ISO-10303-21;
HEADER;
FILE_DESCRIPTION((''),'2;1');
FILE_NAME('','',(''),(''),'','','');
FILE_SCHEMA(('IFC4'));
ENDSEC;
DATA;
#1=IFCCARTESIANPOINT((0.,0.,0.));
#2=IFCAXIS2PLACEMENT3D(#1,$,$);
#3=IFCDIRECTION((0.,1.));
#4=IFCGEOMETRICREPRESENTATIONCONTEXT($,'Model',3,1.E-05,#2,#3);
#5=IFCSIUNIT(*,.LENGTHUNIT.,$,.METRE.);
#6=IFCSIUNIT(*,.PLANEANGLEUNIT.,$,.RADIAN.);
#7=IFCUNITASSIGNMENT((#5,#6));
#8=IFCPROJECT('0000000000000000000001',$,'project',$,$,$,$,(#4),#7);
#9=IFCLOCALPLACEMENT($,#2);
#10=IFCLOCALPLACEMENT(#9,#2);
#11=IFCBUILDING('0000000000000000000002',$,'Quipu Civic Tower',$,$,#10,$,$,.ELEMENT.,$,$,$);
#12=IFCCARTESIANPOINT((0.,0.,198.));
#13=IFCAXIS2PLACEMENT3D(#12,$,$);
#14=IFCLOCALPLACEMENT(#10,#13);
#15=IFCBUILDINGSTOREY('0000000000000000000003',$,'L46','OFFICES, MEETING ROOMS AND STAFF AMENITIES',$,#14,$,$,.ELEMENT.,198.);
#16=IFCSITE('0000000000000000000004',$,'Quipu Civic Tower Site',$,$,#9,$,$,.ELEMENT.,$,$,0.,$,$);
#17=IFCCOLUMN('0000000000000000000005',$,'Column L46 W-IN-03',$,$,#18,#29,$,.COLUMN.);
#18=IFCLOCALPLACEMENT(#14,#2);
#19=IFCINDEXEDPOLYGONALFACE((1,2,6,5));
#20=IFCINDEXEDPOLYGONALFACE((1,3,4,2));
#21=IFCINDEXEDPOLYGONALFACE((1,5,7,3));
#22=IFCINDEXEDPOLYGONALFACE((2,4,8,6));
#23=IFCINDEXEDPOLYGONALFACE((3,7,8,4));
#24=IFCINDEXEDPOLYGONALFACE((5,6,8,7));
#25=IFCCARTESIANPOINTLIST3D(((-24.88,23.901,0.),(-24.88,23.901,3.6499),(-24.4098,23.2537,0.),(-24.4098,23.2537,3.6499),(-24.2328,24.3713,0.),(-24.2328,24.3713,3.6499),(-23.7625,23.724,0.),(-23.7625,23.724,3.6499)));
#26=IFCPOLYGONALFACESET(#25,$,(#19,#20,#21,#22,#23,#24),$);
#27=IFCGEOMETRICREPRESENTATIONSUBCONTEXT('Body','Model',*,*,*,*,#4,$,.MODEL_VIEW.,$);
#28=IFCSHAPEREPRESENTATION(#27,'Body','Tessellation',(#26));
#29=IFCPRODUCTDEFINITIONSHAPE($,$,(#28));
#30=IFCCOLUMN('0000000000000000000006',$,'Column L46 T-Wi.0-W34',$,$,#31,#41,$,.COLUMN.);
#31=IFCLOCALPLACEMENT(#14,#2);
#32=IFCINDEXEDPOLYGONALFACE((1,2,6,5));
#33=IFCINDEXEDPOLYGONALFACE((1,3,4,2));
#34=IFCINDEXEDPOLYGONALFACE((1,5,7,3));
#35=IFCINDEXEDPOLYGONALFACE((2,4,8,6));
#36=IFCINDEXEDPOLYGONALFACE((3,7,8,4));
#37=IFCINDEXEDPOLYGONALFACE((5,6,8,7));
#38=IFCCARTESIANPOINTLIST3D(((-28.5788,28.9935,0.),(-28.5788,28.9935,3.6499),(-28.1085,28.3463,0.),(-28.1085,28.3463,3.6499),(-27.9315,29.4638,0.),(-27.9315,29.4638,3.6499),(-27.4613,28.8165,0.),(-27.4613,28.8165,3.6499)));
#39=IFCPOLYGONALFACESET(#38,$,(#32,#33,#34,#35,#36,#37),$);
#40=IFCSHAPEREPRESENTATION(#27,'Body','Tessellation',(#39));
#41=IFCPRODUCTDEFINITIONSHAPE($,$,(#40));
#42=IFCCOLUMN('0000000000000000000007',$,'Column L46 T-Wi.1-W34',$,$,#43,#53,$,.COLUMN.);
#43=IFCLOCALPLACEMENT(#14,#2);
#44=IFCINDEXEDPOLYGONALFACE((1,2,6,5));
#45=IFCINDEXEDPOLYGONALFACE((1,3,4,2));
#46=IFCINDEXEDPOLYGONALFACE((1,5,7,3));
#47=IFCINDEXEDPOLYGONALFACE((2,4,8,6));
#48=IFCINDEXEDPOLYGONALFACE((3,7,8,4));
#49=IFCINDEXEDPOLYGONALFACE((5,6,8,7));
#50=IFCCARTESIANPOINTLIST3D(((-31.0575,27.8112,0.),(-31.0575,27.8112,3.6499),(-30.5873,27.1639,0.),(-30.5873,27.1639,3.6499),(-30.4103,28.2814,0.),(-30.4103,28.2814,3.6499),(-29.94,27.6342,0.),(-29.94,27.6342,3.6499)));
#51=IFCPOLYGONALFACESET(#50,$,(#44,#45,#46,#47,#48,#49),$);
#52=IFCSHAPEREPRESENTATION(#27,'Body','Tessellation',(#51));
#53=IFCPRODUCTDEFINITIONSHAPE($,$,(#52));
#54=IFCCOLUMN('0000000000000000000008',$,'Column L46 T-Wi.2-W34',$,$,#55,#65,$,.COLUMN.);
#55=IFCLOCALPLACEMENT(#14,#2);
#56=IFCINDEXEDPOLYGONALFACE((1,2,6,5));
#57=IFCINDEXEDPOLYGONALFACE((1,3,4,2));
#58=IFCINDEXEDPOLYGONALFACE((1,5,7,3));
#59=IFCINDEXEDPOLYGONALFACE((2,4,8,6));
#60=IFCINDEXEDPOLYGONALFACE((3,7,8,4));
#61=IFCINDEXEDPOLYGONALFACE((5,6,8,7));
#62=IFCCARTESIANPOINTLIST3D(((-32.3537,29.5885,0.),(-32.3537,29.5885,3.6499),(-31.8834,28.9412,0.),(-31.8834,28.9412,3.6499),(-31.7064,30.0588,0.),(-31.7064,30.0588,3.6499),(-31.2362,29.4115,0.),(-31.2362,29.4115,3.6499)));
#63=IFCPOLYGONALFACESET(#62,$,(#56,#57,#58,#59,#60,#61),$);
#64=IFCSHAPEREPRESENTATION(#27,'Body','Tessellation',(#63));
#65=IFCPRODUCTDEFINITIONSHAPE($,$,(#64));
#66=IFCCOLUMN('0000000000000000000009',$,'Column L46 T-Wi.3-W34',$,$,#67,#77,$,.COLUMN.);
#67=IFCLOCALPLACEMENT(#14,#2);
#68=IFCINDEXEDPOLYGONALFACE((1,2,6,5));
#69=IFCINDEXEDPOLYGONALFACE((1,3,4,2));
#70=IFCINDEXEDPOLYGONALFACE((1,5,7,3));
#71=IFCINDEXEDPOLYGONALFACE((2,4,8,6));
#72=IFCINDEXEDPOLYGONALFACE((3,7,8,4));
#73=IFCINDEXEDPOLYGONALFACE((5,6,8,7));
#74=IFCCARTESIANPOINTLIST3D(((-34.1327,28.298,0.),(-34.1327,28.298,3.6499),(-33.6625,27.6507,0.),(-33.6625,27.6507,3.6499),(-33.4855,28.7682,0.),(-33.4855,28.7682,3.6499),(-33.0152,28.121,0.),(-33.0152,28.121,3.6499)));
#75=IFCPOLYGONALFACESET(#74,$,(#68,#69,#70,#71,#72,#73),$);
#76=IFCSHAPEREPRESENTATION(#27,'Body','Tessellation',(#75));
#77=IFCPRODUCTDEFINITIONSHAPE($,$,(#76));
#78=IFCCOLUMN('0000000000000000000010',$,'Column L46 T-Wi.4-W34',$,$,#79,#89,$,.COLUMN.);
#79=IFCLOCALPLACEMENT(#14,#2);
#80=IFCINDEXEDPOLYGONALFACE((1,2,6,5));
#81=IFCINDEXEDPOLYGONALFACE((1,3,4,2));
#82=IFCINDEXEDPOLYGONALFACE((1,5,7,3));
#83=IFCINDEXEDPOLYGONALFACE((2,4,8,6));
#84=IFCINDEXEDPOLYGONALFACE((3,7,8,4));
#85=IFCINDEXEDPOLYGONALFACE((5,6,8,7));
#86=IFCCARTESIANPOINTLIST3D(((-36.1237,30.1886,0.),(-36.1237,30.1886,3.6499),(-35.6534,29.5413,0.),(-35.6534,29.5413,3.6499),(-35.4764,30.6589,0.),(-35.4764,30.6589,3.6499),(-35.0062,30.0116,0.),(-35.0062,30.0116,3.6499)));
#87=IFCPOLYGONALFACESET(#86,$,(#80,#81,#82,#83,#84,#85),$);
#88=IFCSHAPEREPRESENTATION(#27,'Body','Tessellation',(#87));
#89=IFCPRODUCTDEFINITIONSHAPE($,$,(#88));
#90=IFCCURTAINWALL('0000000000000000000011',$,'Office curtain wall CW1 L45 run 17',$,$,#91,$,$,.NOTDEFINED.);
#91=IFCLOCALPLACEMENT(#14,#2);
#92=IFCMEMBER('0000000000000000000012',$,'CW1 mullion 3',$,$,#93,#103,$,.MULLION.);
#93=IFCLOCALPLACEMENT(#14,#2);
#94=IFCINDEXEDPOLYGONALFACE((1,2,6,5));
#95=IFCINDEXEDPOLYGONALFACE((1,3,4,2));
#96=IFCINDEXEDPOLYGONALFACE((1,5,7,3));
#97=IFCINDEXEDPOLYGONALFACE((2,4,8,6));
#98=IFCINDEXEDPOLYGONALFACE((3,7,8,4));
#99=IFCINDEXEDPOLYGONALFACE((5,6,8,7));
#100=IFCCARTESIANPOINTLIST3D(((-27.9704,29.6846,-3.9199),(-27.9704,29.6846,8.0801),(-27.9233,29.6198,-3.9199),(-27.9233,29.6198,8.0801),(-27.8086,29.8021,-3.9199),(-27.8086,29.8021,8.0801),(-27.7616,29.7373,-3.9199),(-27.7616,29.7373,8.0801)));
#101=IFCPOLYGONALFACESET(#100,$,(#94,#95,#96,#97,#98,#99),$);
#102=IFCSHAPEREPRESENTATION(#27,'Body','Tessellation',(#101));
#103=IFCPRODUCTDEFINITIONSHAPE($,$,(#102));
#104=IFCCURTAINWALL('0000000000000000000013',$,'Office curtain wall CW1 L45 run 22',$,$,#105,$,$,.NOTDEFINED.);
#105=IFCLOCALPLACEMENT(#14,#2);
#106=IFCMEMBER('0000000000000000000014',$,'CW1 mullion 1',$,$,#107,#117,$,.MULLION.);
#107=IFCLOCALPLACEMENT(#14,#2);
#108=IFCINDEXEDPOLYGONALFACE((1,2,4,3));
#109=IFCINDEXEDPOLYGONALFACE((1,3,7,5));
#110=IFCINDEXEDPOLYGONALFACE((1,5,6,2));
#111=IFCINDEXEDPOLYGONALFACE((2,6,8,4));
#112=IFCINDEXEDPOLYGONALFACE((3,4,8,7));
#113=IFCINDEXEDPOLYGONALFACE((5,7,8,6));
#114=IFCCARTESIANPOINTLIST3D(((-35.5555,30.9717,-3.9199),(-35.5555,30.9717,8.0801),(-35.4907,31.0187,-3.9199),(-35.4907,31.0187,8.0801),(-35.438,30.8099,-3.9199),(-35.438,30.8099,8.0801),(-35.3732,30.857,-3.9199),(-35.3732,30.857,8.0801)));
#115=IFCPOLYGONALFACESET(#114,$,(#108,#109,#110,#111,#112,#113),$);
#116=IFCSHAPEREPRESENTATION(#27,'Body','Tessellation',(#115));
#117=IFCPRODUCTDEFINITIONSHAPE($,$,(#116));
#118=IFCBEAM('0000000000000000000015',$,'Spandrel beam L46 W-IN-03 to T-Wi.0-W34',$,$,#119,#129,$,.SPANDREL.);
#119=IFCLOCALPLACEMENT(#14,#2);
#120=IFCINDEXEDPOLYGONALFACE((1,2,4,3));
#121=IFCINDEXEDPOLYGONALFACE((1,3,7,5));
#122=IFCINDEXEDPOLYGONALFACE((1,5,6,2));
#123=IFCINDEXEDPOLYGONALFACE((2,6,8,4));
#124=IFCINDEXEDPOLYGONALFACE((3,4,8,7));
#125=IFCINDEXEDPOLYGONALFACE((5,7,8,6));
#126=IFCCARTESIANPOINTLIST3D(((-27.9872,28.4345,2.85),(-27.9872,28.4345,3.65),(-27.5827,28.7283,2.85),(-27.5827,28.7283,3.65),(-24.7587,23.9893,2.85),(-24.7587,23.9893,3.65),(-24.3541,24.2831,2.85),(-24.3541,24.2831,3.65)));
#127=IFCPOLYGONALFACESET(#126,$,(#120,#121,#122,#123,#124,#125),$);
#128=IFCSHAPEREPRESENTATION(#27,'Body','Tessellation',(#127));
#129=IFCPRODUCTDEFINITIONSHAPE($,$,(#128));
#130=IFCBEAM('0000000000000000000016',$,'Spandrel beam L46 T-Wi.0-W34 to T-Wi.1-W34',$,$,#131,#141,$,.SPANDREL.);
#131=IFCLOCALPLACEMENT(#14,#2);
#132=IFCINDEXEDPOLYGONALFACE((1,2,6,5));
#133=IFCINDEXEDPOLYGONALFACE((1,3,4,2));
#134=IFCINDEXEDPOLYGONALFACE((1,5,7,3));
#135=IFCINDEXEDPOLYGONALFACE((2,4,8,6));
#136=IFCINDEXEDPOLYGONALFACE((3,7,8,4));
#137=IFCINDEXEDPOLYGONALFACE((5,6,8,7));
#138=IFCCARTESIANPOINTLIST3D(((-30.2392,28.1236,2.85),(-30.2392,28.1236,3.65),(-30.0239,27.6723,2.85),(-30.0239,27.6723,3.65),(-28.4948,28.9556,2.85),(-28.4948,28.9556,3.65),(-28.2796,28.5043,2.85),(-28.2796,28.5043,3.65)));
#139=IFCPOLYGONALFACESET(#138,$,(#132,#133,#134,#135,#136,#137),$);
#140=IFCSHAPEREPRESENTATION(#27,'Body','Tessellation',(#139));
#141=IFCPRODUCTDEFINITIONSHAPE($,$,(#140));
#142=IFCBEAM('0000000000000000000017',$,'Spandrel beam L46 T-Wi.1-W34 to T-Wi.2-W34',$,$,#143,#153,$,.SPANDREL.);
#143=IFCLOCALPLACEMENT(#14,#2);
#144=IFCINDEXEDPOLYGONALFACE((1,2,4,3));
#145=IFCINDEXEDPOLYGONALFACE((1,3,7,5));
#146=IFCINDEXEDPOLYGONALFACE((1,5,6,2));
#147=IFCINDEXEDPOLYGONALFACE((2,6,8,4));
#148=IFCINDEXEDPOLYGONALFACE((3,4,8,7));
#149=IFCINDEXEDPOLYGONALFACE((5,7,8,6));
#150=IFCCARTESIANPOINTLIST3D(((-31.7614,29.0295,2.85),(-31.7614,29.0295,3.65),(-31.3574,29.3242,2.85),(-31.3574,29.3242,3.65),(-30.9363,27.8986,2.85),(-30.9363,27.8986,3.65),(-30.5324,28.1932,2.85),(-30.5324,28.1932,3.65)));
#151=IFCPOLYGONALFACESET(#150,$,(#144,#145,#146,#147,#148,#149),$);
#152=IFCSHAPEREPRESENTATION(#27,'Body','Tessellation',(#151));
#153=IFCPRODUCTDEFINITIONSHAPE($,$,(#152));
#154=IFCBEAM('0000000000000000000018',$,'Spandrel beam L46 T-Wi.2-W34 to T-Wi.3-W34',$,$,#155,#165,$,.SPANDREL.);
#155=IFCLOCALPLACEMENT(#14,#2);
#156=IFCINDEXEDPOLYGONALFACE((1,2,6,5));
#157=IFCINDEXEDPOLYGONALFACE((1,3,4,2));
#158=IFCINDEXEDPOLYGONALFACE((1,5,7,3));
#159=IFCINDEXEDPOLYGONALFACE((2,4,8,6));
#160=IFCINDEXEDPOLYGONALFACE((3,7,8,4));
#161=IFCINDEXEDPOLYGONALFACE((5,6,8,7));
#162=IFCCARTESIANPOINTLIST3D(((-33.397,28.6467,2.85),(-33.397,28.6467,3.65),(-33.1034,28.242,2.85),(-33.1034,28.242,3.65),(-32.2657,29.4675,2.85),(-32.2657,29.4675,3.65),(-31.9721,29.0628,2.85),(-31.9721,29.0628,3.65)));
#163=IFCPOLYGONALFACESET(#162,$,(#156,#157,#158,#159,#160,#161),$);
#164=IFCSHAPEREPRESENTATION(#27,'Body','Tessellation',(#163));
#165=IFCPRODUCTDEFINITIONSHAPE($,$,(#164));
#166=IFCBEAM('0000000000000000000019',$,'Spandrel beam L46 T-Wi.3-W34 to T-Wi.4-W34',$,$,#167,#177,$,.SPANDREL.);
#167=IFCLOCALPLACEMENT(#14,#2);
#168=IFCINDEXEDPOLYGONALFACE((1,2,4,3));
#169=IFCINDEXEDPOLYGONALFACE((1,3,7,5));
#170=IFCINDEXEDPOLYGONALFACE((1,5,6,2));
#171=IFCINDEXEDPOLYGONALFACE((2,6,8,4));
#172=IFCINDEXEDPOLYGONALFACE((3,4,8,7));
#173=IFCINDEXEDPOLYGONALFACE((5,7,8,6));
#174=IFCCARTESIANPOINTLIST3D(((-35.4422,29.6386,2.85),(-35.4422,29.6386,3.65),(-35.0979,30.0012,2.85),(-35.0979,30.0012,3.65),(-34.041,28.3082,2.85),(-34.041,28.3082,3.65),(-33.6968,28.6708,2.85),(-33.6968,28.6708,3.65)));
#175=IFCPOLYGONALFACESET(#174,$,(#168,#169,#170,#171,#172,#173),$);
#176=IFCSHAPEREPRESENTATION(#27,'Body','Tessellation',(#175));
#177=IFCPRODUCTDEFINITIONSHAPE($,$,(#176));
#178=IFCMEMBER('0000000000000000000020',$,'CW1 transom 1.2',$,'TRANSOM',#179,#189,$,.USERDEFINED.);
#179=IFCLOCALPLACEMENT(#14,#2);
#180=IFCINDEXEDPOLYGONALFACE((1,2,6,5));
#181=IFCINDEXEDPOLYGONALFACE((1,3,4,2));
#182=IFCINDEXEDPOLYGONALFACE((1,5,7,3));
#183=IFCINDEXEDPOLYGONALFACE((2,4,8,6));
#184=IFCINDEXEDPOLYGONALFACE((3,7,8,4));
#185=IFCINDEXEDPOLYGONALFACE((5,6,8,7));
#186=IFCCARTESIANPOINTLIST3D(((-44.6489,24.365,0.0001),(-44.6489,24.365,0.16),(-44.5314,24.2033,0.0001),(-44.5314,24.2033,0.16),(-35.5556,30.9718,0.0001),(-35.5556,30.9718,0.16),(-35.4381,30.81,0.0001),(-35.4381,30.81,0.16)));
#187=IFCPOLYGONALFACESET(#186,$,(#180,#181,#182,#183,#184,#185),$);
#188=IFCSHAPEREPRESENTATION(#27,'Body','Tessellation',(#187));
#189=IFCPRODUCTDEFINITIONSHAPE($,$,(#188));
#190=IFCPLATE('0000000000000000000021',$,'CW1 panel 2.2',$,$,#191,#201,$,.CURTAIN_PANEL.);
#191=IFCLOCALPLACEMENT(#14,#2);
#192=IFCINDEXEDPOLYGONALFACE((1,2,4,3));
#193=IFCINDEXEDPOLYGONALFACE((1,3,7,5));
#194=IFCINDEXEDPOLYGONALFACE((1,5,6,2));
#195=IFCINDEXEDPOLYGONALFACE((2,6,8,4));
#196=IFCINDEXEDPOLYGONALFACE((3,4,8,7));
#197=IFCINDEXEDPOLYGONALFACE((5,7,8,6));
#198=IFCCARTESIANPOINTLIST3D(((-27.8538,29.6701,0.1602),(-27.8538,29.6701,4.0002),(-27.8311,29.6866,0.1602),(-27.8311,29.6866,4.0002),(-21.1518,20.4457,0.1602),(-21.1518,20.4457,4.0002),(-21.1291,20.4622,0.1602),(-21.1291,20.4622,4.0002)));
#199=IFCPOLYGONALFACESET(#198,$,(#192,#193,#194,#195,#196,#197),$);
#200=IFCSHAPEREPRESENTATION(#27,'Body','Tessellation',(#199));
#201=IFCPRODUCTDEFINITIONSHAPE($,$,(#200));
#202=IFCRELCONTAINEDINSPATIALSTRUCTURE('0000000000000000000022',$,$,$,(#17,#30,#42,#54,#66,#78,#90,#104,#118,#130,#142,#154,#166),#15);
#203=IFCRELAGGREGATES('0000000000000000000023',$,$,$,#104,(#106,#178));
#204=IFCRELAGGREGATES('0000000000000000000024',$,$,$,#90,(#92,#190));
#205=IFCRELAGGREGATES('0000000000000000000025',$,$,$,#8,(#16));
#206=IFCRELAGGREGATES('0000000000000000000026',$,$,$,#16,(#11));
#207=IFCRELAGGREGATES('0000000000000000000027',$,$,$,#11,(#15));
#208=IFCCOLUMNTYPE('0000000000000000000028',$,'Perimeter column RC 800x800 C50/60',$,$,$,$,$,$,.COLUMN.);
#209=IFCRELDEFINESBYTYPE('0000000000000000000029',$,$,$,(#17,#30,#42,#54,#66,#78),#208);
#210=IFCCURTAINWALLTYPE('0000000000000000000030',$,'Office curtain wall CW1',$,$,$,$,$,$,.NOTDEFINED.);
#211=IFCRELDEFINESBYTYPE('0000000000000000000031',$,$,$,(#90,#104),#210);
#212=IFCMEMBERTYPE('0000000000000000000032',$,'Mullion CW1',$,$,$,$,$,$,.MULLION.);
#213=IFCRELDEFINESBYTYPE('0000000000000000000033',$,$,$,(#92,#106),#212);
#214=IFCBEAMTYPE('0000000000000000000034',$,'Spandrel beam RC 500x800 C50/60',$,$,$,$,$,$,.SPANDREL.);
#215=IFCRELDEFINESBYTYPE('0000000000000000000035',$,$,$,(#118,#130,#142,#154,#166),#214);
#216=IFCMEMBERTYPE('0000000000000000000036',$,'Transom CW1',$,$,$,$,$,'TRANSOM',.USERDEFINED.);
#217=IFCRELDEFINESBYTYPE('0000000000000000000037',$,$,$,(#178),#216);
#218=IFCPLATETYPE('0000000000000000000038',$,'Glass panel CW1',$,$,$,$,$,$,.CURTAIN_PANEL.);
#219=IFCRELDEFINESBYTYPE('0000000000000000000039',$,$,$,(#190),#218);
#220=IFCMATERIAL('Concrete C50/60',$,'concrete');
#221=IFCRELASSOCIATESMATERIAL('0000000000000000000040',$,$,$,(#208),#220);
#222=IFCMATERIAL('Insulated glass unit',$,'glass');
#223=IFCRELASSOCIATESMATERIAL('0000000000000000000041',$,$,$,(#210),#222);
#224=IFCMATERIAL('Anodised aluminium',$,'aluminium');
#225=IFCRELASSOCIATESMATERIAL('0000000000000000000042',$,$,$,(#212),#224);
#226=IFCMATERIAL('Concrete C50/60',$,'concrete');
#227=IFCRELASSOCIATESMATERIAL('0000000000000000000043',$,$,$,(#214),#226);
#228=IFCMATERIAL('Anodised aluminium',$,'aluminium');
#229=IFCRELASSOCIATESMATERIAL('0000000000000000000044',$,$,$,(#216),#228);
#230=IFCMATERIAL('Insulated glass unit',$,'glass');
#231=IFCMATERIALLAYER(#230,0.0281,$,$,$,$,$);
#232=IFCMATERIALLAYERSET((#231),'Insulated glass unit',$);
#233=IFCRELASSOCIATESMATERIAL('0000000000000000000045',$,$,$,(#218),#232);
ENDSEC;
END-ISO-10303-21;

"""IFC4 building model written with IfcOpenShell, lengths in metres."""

from ifc_helpers import new_model, si_unit, direction, frame, origin, origin_2d, place, context, subcontext, project, spatial, rectangle, extrude, material, layer, layer_set, material_profile, profile_set, type_object, element, aggregate, save


model = new_model("IFC4")

# Units and contexts
model_context = context("Model", 3, precision=1e-05, world=origin(), true_north=direction((0.0, 1.0)))
body_context = subcontext(model_context, "Body", "Model", "MODEL_VIEW")
ifc_project = project(units=[si_unit("LENGTHUNIT", "METRE"), si_unit("PLANEANGLEUNIT", "RADIAN")], contexts=[model_context])

# Site, building, storey
site_placement = place(None, origin())
site = spatial("IfcSite", under=ifc_project, at=site_placement, Name="Quipu Civic Tower Site", CompositionType="ELEMENT", RefElevation=0.0)
building_placement = place(site_placement, origin())
building = spatial("IfcBuilding", under=site, at=building_placement, Name="Quipu Civic Tower", CompositionType="ELEMENT")
storey_placement = place(building_placement, frame((0.0, 0.0, 198.0)))
storey = spatial("IfcBuildingStorey", under=building, at=storey_placement, Name="L46", Description="OFFICES, MEETING ROOMS AND STAFF AMENITIES", CompositionType="ELEMENT", Elevation=198.0)

# Columns
ifc_material_1 = material(Name="Concrete C50/60", Category="concrete")
ifc_material_profile_1 = material_profile(ifc_material_1, rectangle(XDim=0.8, YDim=0.8, at=origin_2d()), Name="RC800x800")
ifc_profile_set_1 = profile_set([ifc_material_profile_1], Name="Concrete C50/60")
column_type = type_object("IfcColumnType", Name="Perimeter column RC 800x800 C50/60", PredefinedType="COLUMN", material=ifc_profile_set_1)
for number, where, z_axis, x_axis, name in (
    (1, (-24.3213, 23.8125, 0.0), (0.0, 0.0, 1.0), (-0.587785, 0.809017, 0.0), "Column L46 W-IN-03"),
    (2, (-28.02, 28.905, 0.0), (0.0, 0.0, 1.0), (-0.809017, -0.587785, 0.0), "Column L46 T-Wi.0-W34"),
    (3, (-30.4988, 27.7227, 0.0), (0.0, 0.0, 1.0), (-0.809017, -0.587785, 0.0), "Column L46 T-Wi.1-W34"),
    (4, (-31.7949, 29.5, 0.0), (0.0, 0.0, 1.0), (-0.587785, 0.809017, 0.0), "Column L46 T-Wi.2-W34"),
    (5, (-33.574, 28.2095, 0.0), (0.0, 0.0, 1.0), (-0.587785, 0.809017, 0.0), "Column L46 T-Wi.3-W34"),
    (6, (-35.5649, 30.1001, 0.0), (0.0, 0.0, 1.0), (-0.809017, -0.587785, 0.0), "Column L46 T-Wi.4-W34"),
):
    element("IfcColumn", number, at=place(storey_placement, frame(where, z_axis=z_axis, x_axis=x_axis)), inside=storey, type_object=column_type, Name=name, PredefinedType="COLUMN", context=body_context, shape_type="SweptSolid", body=[
        extrude(rectangle(XDim=0.8, YDim=0.8, at=origin_2d()), origin(), (0.0, 0.0, 1.0), 3.6499),
    ])

# Curtain walls, members
ifc_material_2 = material(Name="Insulated glass unit", Category="glass")
curtain_wall_type = type_object("IfcCurtainWallType", Name="Office curtain wall CW1", PredefinedType="NOTDEFINED", material=ifc_material_2)
curtain_wall_1_placement = place(storey_placement, origin())
curtain_wall_1 = element("IfcCurtainWall", 7, at=curtain_wall_1_placement, inside=storey, type_object=curtain_wall_type, Name="Office curtain wall CW1 L45 run 17", PredefinedType="NOTDEFINED")
ifc_material_3 = material(Name="Anodised aluminium", Category="aluminium")
ifc_material_profile_2 = material_profile(ifc_material_3, rectangle(XDim=0.2, YDim=0.0801, at=origin_2d()), Name="RECT 200x80")
ifc_profile_set_2 = profile_set([ifc_material_profile_2], Name="Anodised aluminium")
member_type_1 = type_object("IfcMemberType", Name="Mullion CW1", PredefinedType="MULLION", material=ifc_profile_set_2)
member_1_placement = place(storey_placement, frame((-27.866, 29.7109, -3.9199), z_axis=(0.0, 0.0, 1.0), x_axis=(-0.809014, -0.587789, 0.0)))
member_1 = element("IfcMember", 8, at=member_1_placement, type_object=member_type_1, Name="CW1 mullion 3", PredefinedType="MULLION", context=body_context, shape_type="SweptSolid", body=[
    extrude(rectangle(XDim=0.2, YDim=0.0801, at=origin_2d()), origin(), (0.0, 0.0, 1.0), 12.0),
])
curtain_wall_2_placement = place(storey_placement, origin())
curtain_wall_2 = element("IfcCurtainWall", 9, at=curtain_wall_2_placement, inside=storey, type_object=curtain_wall_type, Name="Office curtain wall CW1 L45 run 22", PredefinedType="NOTDEFINED")
member_2_placement = place(storey_placement, frame((-35.4644, 30.9143, -3.9199), z_axis=(0.0, 0.0, 1.0), x_axis=(0.587788, -0.809015, 0.0)))
member_2 = element("IfcMember", 10, at=member_2_placement, type_object=member_type_1, Name="CW1 mullion 1", PredefinedType="MULLION", context=body_context, shape_type="SweptSolid", body=[
    extrude(rectangle(XDim=0.2, YDim=0.0801, at=origin_2d()), origin(), (0.0, 0.0, 1.0), 12.0),
])

# Beams
ifc_material_4 = material(Name="Concrete C50/60", Category="concrete")
ifc_material_profile_3 = material_profile(ifc_material_4, rectangle(XDim=0.5, YDim=0.8, at=origin_2d()), Name="RC500x800")
ifc_profile_set_3 = profile_set([ifc_material_profile_3], Name="Concrete C50/60")
beam_type = type_object("IfcBeamType", Name="Spandrel beam RC 500x800 C50/60", PredefinedType="SPANDREL", material=ifc_profile_set_3)
beam_1_placement = place(storey_placement, frame((-24.5564, 24.1362, 3.25), z_axis=(-0.587664, 0.809105, 0.0), x_axis=(-0.809105, -0.587664, 0.0)))
element("IfcBeam", 11, at=beam_1_placement, inside=storey, type_object=beam_type, Name="Spandrel beam L46 W-IN-03 to T-Wi.0-W34", PredefinedType="SPANDREL", context=body_context, shape_type="SweptSolid", body=[
    extrude(rectangle(XDim=0.5, YDim=0.8, at=origin_2d()), origin(), (0.0, 0.0, 1.0), 5.4939),
])
beam_2_placement = place(storey_placement, frame((-28.3872, 28.73, 3.25), z_axis=(-0.902585, -0.430512, 0.0), x_axis=(0.430512, -0.902585, 0.0)))
element("IfcBeam", 12, at=beam_2_placement, inside=storey, type_object=beam_type, Name="Spandrel beam L46 T-Wi.0-W34 to T-Wi.1-W34", PredefinedType="SPANDREL", context=body_context, shape_type="SweptSolid", body=[
    extrude(rectangle(XDim=0.5, YDim=0.8, at=origin_2d()), origin(), (0.0, 0.0, 1.0), 1.9326),
])
beam_3_placement = place(storey_placement, frame((-30.7344, 28.0459, 3.25), z_axis=(-0.589343, 0.807883, 0.0), x_axis=(-0.807883, -0.589343, 0.0)))
element("IfcBeam", 13, at=beam_3_placement, inside=storey, type_object=beam_type, Name="Spandrel beam L46 T-Wi.1-W34 to T-Wi.2-W34", PredefinedType="SPANDREL", context=body_context, shape_type="SweptSolid", body=[
    extrude(rectangle(XDim=0.5, YDim=0.8, at=origin_2d()), origin(), (0.0, 0.0, 1.0), 1.3999),
])
beam_4_placement = place(storey_placement, frame((-32.1189, 29.2651, 3.25), z_axis=(-0.809415, -0.587237, 0.0), x_axis=(0.587237, -0.809415, 0.0)))
element("IfcBeam", 14, at=beam_4_placement, inside=storey, type_object=beam_type, Name="Spandrel beam L46 T-Wi.2-W34 to T-Wi.3-W34", PredefinedType="SPANDREL", context=body_context, shape_type="SweptSolid", body=[
    extrude(rectangle(XDim=0.5, YDim=0.8, at=origin_2d()), origin(), (0.0, 0.0, 1.0), 1.3977),
])
beam_5_placement = place(storey_placement, frame((-33.8689, 28.4895, 3.25), z_axis=(-0.725192, 0.688547, 0.0), x_axis=(-0.688547, -0.725192, 0.0)))
element("IfcBeam", 15, at=beam_5_placement, inside=storey, type_object=beam_type, Name="Spandrel beam L46 T-Wi.3-W34 to T-Wi.4-W34", PredefinedType="SPANDREL", context=body_context, shape_type="SweptSolid", body=[
    extrude(rectangle(XDim=0.5, YDim=0.8, at=origin_2d()), origin(), (0.0, 0.0, 1.0), 1.9321),
])

# Member
ifc_material_5 = material(Name="Anodised aluminium", Category="aluminium")
ifc_material_profile_4 = material_profile(ifc_material_5, rectangle(XDim=0.2, YDim=0.1599, at=origin_2d()), Name="RECT 200x160")
ifc_profile_set_4 = profile_set([ifc_material_profile_4], Name="Anodised aluminium")
member_type_2 = type_object("IfcMemberType", Name="Transom CW1", ElementType="TRANSOM", PredefinedType="USERDEFINED", material=ifc_profile_set_4)
member_3_placement = place(storey_placement, frame((-35.4968, 30.8909, 0.0801), z_axis=(-0.809015, -0.587788, 0.0), x_axis=(0.587788, -0.809015, 0.0)))
member_3 = element("IfcMember", 16, at=member_3_placement, type_object=member_type_2, Name="CW1 transom 1.2", ObjectType="TRANSOM", PredefinedType="USERDEFINED", context=body_context, shape_type="SweptSolid", body=[
    extrude(rectangle(XDim=0.2, YDim=0.1599, at=origin_2d()), origin(), (0.0, 0.0, 1.0), 11.24),
])
aggregate(curtain_wall_2, [member_2, member_3])

# Plate
ifc_material_6 = material(Name="Insulated glass unit", Category="glass")
ifc_layer_1 = layer(ifc_material_6, 0.0281)
ifc_layer_set_1 = layer_set([ifc_layer_1], Name="Insulated glass unit")
plate_type_1 = type_object("IfcPlateType", Name="Glass panel CW1", PredefinedType="CURTAIN_PANEL", material=ifc_layer_set_1)
plate_placement = place(storey_placement, frame((-24.4915, 25.0662, 0.1602), z_axis=(0.0, 0.0, 1.0), x_axis=(-0.587789, 0.809014, 0.0)))
plate = element("IfcPlate", 17, at=plate_placement, type_object=plate_type_1, Name="CW1 panel 2.2", PredefinedType="CURTAIN_PANEL", context=body_context, shape_type="SweptSolid", body=[
    extrude(rectangle(XDim=11.4021, YDim=0.0281, at=origin_2d()), origin(), (0.0, 0.0, 1.0), 3.8401),
])
aggregate(curtain_wall_1, [member_1, plate])

save(model, "model.ifc")
